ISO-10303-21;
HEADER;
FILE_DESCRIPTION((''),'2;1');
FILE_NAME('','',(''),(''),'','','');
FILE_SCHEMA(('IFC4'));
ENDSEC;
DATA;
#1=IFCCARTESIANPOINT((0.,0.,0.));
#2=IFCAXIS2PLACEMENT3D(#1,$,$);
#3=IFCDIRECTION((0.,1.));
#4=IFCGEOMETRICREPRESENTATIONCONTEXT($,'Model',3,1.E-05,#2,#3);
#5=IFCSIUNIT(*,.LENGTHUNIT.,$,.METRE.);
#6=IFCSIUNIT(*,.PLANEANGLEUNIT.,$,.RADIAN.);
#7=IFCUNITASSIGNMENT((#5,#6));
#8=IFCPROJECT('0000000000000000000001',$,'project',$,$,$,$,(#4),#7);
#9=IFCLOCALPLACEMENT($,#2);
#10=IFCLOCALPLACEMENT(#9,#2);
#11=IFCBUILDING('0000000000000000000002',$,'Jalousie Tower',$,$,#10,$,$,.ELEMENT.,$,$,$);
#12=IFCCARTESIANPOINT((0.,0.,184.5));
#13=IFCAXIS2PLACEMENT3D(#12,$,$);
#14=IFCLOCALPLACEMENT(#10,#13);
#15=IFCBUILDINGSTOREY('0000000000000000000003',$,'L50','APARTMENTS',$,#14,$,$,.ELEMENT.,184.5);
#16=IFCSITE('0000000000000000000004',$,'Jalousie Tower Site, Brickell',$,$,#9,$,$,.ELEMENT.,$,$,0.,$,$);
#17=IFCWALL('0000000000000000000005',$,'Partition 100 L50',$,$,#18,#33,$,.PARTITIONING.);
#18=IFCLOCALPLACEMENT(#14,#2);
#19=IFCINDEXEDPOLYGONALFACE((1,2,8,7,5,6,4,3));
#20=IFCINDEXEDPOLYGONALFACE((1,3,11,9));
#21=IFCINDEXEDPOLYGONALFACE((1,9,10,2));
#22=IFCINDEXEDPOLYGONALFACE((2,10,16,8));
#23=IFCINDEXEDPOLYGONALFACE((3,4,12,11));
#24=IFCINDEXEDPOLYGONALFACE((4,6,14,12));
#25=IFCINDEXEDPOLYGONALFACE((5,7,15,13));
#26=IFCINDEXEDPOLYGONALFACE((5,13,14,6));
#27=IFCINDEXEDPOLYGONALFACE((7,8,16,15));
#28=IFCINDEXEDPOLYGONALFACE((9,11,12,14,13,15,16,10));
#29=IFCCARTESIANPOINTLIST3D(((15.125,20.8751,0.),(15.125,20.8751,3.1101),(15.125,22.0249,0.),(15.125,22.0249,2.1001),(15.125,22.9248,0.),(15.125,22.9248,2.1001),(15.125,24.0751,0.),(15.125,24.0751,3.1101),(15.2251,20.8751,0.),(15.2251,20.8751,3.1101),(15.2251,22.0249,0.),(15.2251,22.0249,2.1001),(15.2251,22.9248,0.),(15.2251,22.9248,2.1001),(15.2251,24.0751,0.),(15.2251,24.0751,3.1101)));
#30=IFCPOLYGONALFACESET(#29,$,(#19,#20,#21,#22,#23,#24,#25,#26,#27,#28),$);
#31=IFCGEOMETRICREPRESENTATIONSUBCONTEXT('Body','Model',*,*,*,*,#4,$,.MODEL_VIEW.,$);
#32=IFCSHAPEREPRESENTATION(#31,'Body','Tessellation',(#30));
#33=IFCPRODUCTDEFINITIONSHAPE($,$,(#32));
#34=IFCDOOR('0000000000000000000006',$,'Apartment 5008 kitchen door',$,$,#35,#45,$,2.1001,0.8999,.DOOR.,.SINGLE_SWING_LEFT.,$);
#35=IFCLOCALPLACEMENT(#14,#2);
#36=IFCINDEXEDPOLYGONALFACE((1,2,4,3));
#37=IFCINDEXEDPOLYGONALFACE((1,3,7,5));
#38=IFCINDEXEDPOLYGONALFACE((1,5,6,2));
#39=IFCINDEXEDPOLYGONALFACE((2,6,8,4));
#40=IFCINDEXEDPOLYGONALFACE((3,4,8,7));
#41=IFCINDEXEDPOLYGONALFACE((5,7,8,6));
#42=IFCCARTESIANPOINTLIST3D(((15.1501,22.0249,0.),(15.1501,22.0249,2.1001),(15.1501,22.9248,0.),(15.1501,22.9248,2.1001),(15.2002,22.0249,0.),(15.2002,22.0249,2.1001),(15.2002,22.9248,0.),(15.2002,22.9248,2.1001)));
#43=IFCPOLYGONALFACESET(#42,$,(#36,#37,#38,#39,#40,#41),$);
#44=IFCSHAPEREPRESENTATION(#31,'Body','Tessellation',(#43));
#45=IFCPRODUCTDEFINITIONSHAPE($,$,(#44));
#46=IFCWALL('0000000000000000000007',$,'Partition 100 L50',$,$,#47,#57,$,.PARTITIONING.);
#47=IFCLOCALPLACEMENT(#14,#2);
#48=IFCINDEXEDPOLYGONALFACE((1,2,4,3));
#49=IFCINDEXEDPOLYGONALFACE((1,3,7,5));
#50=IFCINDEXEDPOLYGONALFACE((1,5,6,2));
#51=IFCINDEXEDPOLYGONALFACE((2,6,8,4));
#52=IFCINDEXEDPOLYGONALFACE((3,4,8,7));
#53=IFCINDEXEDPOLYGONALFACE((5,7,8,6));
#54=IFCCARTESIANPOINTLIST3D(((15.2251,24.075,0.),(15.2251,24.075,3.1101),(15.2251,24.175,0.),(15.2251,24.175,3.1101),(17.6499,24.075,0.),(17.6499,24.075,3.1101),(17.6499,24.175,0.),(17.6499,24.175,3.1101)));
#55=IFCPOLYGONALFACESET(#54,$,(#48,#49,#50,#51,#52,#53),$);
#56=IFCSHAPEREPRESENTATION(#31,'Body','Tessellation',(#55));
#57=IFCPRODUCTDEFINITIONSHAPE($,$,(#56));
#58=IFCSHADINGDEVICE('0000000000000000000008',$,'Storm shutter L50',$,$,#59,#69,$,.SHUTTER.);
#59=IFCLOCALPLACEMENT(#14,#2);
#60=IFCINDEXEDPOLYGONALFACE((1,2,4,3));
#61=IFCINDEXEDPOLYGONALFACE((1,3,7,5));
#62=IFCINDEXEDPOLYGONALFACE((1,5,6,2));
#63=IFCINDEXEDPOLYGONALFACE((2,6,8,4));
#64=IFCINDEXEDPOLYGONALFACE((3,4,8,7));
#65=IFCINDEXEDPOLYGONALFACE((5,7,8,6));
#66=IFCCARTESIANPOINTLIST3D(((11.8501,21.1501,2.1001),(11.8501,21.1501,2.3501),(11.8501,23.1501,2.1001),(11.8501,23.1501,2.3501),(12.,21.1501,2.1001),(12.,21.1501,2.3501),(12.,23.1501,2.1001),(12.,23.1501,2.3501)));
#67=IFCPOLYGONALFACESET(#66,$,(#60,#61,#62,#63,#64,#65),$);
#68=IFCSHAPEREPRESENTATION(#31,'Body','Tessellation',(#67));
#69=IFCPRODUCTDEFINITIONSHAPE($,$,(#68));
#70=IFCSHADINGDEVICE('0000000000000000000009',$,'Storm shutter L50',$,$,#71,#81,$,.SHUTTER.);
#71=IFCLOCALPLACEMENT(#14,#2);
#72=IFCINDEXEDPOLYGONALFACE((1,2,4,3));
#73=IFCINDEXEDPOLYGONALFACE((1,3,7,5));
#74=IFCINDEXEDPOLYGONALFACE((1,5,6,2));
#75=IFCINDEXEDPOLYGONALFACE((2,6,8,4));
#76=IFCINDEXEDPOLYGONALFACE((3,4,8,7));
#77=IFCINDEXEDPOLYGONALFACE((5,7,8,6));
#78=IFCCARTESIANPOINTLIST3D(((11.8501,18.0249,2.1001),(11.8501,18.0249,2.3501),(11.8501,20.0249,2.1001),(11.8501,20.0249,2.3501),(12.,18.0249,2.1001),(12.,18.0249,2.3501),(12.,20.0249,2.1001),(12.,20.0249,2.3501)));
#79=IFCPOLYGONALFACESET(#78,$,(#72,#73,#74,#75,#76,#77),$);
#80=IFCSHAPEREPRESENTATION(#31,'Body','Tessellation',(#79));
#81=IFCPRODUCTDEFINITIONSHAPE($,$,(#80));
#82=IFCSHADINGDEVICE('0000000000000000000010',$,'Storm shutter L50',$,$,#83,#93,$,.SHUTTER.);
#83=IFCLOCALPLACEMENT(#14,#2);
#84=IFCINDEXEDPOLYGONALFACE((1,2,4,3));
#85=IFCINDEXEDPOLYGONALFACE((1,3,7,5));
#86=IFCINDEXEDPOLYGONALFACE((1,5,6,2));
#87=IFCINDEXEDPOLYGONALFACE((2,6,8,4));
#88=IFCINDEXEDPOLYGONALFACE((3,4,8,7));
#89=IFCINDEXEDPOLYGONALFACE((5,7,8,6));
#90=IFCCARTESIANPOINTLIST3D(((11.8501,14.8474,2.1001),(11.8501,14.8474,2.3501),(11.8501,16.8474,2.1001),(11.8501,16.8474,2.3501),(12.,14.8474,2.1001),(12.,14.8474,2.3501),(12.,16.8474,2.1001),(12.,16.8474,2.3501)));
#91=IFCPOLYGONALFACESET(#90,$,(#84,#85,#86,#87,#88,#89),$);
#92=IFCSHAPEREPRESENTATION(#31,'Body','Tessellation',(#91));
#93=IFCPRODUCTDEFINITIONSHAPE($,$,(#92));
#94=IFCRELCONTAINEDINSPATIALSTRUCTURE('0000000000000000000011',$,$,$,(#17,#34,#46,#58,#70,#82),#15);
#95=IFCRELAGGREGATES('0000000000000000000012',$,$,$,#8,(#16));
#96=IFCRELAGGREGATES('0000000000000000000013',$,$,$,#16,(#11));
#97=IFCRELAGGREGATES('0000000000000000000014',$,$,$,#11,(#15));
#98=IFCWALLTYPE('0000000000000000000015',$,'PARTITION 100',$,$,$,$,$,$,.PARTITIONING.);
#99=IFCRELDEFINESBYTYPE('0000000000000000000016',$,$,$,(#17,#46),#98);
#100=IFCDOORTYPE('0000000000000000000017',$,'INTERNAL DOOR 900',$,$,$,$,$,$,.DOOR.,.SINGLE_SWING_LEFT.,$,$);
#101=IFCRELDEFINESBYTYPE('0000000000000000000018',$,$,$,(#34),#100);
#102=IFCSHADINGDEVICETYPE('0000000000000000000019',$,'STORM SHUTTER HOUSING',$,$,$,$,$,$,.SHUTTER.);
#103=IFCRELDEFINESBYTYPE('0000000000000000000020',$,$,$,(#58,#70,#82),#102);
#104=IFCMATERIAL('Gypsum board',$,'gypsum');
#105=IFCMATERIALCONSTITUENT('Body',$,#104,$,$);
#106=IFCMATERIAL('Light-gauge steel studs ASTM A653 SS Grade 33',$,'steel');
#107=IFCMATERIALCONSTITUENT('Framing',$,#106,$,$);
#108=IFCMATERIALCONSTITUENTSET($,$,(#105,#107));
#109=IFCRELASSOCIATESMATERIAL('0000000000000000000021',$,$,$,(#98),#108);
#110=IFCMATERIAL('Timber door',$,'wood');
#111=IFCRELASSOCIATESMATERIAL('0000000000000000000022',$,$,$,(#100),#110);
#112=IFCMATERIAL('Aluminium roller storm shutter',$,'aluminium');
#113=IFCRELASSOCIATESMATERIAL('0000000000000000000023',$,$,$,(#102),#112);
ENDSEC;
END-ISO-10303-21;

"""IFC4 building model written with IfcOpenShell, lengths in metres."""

from ifc_helpers import new_model, si_unit, direction, frame, frame_2d, origin, origin_2d, place, context, subcontext, project, spatial, rectangle, extrude, material, constituent, constituent_set, type_object, element, fill, save


model = new_model("IFC4")

# Units and contexts
model_context = context("Model", 3, precision=1e-05, world=origin(), true_north=direction((0.0, 1.0)))
body_context = subcontext(model_context, "Body", "Model", "MODEL_VIEW")
ifc_project = project(units=[si_unit("LENGTHUNIT", "METRE"), si_unit("PLANEANGLEUNIT", "RADIAN")], contexts=[model_context])

# Site, building, storey
site_placement = place(None, origin())
site = spatial("IfcSite", under=ifc_project, at=site_placement, Name="Jalousie Tower Site, Brickell", CompositionType="ELEMENT", RefElevation=0.0)
building_placement = place(site_placement, origin())
building = spatial("IfcBuilding", under=site, at=building_placement, Name="Jalousie Tower", CompositionType="ELEMENT")
storey_placement = place(building_placement, frame((0.0, 0.0, 184.5)))
storey = spatial("IfcBuildingStorey", under=building, at=storey_placement, Name="L50", Description="APARTMENTS", CompositionType="ELEMENT", Elevation=184.5)

# Wall, opening, door
ifc_material_1 = material(Name="Gypsum board", Category="gypsum")
ifc_constituent_1 = constituent(ifc_material_1, Name="Body")
ifc_material_2 = material(Name="Light-gauge steel studs ASTM A653 SS Grade 33", Category="steel")
ifc_constituent_2 = constituent(ifc_material_2, Name="Framing")
ifc_constituent_set = constituent_set(constituents=[ifc_constituent_1, ifc_constituent_2])
wall_type = type_object("IfcWallType", Name="PARTITION 100", PredefinedType="PARTITIONING", material=ifc_constituent_set)
wall_1_placement = place(storey_placement, frame((15.175, 20.875, 0.0), z_axis=(0.0, 0.0, 1.0), x_axis=(0.0, 1.0, 0.0)))
wall_1 = element("IfcWall", 1, at=wall_1_placement, inside=storey, type_object=wall_type, Name="Partition 100 L50", PredefinedType="PARTITIONING", context=body_context, shape_type="SweptSolid", body=[
    extrude(rectangle(XDim=3.2, YDim=0.1001, at=frame_2d((1.6001, 0.0))), origin(), (0.0, 0.0, 1.0), 3.1101),
])
opening_1_placement = place(wall_1_placement, frame((1.1499, 0.0, 0.0)))
opening_1 = element("IfcOpeningElement", 2, at=opening_1_placement, cuts=wall_1, PredefinedType="OPENING", context=body_context, shape_type="SweptSolid", body=[
    extrude(rectangle(XDim=0.8999, YDim=2.1001, at=frame_2d((0.45, 1.05))), frame((0.0, 0.0601, 0.0), z_axis=(0.0, -1.0, 0.0), x_axis=(1.0, 0.0, 0.0)), (0.0, 0.0, 1.0), 0.1201),
])
ifc_material_3 = material(Name="Timber door", Category="wood")
door_type_1 = type_object("IfcDoorType", Name="INTERNAL DOOR 900", OperationType="SINGLE_SWING_LEFT", PredefinedType="DOOR", material=ifc_material_3)
door_1_placement = place(opening_1_placement, origin())
door_1 = element("IfcDoor", 3, at=door_1_placement, inside=storey, type_object=door_type_1, Name="Apartment 5008 kitchen door", OperationType="SINGLE_SWING_LEFT", OverallHeight=2.1001, OverallWidth=0.8999, PredefinedType="DOOR", context=body_context, shape_type="SweptSolid", body=[
    extrude(rectangle(XDim=0.8999, YDim=2.1001, at=frame_2d((0.45, 1.05))), frame((0.0, 0.0249, 0.0), z_axis=(0.0, -1.0, 0.0), x_axis=(1.0, 0.0, 0.0)), (0.0, 0.0, 1.0), 0.05),
])
fill(opening_1, door_1)

# Wall
wall_2_placement = place(storey_placement, frame((15.2251, 24.125, 0.0), z_axis=(0.0, 0.0, 1.0), x_axis=(1.0, 0.0, 0.0)))
element("IfcWall", 4, at=wall_2_placement, inside=storey, type_object=wall_type, Name="Partition 100 L50", PredefinedType="PARTITIONING", context=body_context, shape_type="SweptSolid", body=[
    extrude(rectangle(XDim=2.4248, YDim=0.1001, at=frame_2d((1.2124, 0.0))), origin(), (0.0, 0.0, 1.0), 3.1101),
])

# Shading devices
ifc_material_4 = material(Name="Aluminium roller storm shutter", Category="aluminium")
shading_device_type = type_object("IfcShadingDeviceType", Name="STORM SHUTTER HOUSING", PredefinedType="SHUTTER", material=ifc_material_4)
for number, where, z_axis, x_axis, name in (
    (5, (11.925, 22.1501, 2.1001), (0.0, 0.0, 1.0), (0.0, -1.0, 0.0), "Storm shutter L50"),
    (6, (11.925, 19.0249, 2.1001), (0.0, 0.0, 1.0), (0.0, -1.0, 0.0), "Storm shutter L50"),
    (7, (11.925, 15.8474, 2.1001), (0.0, 0.0, 1.0), (0.0, -1.0, 0.0), "Storm shutter L50"),
):
    element("IfcShadingDevice", number, at=place(storey_placement, frame(where, z_axis=z_axis, x_axis=x_axis)), inside=storey, type_object=shading_device_type, Name=name, PredefinedType="SHUTTER", context=body_context, shape_type="SweptSolid", body=[
        extrude(rectangle(XDim=2.0, YDim=0.1499, at=origin_2d()), origin(), (0.0, 0.0, 1.0), 0.25),
    ])

save(model, "model.ifc")
